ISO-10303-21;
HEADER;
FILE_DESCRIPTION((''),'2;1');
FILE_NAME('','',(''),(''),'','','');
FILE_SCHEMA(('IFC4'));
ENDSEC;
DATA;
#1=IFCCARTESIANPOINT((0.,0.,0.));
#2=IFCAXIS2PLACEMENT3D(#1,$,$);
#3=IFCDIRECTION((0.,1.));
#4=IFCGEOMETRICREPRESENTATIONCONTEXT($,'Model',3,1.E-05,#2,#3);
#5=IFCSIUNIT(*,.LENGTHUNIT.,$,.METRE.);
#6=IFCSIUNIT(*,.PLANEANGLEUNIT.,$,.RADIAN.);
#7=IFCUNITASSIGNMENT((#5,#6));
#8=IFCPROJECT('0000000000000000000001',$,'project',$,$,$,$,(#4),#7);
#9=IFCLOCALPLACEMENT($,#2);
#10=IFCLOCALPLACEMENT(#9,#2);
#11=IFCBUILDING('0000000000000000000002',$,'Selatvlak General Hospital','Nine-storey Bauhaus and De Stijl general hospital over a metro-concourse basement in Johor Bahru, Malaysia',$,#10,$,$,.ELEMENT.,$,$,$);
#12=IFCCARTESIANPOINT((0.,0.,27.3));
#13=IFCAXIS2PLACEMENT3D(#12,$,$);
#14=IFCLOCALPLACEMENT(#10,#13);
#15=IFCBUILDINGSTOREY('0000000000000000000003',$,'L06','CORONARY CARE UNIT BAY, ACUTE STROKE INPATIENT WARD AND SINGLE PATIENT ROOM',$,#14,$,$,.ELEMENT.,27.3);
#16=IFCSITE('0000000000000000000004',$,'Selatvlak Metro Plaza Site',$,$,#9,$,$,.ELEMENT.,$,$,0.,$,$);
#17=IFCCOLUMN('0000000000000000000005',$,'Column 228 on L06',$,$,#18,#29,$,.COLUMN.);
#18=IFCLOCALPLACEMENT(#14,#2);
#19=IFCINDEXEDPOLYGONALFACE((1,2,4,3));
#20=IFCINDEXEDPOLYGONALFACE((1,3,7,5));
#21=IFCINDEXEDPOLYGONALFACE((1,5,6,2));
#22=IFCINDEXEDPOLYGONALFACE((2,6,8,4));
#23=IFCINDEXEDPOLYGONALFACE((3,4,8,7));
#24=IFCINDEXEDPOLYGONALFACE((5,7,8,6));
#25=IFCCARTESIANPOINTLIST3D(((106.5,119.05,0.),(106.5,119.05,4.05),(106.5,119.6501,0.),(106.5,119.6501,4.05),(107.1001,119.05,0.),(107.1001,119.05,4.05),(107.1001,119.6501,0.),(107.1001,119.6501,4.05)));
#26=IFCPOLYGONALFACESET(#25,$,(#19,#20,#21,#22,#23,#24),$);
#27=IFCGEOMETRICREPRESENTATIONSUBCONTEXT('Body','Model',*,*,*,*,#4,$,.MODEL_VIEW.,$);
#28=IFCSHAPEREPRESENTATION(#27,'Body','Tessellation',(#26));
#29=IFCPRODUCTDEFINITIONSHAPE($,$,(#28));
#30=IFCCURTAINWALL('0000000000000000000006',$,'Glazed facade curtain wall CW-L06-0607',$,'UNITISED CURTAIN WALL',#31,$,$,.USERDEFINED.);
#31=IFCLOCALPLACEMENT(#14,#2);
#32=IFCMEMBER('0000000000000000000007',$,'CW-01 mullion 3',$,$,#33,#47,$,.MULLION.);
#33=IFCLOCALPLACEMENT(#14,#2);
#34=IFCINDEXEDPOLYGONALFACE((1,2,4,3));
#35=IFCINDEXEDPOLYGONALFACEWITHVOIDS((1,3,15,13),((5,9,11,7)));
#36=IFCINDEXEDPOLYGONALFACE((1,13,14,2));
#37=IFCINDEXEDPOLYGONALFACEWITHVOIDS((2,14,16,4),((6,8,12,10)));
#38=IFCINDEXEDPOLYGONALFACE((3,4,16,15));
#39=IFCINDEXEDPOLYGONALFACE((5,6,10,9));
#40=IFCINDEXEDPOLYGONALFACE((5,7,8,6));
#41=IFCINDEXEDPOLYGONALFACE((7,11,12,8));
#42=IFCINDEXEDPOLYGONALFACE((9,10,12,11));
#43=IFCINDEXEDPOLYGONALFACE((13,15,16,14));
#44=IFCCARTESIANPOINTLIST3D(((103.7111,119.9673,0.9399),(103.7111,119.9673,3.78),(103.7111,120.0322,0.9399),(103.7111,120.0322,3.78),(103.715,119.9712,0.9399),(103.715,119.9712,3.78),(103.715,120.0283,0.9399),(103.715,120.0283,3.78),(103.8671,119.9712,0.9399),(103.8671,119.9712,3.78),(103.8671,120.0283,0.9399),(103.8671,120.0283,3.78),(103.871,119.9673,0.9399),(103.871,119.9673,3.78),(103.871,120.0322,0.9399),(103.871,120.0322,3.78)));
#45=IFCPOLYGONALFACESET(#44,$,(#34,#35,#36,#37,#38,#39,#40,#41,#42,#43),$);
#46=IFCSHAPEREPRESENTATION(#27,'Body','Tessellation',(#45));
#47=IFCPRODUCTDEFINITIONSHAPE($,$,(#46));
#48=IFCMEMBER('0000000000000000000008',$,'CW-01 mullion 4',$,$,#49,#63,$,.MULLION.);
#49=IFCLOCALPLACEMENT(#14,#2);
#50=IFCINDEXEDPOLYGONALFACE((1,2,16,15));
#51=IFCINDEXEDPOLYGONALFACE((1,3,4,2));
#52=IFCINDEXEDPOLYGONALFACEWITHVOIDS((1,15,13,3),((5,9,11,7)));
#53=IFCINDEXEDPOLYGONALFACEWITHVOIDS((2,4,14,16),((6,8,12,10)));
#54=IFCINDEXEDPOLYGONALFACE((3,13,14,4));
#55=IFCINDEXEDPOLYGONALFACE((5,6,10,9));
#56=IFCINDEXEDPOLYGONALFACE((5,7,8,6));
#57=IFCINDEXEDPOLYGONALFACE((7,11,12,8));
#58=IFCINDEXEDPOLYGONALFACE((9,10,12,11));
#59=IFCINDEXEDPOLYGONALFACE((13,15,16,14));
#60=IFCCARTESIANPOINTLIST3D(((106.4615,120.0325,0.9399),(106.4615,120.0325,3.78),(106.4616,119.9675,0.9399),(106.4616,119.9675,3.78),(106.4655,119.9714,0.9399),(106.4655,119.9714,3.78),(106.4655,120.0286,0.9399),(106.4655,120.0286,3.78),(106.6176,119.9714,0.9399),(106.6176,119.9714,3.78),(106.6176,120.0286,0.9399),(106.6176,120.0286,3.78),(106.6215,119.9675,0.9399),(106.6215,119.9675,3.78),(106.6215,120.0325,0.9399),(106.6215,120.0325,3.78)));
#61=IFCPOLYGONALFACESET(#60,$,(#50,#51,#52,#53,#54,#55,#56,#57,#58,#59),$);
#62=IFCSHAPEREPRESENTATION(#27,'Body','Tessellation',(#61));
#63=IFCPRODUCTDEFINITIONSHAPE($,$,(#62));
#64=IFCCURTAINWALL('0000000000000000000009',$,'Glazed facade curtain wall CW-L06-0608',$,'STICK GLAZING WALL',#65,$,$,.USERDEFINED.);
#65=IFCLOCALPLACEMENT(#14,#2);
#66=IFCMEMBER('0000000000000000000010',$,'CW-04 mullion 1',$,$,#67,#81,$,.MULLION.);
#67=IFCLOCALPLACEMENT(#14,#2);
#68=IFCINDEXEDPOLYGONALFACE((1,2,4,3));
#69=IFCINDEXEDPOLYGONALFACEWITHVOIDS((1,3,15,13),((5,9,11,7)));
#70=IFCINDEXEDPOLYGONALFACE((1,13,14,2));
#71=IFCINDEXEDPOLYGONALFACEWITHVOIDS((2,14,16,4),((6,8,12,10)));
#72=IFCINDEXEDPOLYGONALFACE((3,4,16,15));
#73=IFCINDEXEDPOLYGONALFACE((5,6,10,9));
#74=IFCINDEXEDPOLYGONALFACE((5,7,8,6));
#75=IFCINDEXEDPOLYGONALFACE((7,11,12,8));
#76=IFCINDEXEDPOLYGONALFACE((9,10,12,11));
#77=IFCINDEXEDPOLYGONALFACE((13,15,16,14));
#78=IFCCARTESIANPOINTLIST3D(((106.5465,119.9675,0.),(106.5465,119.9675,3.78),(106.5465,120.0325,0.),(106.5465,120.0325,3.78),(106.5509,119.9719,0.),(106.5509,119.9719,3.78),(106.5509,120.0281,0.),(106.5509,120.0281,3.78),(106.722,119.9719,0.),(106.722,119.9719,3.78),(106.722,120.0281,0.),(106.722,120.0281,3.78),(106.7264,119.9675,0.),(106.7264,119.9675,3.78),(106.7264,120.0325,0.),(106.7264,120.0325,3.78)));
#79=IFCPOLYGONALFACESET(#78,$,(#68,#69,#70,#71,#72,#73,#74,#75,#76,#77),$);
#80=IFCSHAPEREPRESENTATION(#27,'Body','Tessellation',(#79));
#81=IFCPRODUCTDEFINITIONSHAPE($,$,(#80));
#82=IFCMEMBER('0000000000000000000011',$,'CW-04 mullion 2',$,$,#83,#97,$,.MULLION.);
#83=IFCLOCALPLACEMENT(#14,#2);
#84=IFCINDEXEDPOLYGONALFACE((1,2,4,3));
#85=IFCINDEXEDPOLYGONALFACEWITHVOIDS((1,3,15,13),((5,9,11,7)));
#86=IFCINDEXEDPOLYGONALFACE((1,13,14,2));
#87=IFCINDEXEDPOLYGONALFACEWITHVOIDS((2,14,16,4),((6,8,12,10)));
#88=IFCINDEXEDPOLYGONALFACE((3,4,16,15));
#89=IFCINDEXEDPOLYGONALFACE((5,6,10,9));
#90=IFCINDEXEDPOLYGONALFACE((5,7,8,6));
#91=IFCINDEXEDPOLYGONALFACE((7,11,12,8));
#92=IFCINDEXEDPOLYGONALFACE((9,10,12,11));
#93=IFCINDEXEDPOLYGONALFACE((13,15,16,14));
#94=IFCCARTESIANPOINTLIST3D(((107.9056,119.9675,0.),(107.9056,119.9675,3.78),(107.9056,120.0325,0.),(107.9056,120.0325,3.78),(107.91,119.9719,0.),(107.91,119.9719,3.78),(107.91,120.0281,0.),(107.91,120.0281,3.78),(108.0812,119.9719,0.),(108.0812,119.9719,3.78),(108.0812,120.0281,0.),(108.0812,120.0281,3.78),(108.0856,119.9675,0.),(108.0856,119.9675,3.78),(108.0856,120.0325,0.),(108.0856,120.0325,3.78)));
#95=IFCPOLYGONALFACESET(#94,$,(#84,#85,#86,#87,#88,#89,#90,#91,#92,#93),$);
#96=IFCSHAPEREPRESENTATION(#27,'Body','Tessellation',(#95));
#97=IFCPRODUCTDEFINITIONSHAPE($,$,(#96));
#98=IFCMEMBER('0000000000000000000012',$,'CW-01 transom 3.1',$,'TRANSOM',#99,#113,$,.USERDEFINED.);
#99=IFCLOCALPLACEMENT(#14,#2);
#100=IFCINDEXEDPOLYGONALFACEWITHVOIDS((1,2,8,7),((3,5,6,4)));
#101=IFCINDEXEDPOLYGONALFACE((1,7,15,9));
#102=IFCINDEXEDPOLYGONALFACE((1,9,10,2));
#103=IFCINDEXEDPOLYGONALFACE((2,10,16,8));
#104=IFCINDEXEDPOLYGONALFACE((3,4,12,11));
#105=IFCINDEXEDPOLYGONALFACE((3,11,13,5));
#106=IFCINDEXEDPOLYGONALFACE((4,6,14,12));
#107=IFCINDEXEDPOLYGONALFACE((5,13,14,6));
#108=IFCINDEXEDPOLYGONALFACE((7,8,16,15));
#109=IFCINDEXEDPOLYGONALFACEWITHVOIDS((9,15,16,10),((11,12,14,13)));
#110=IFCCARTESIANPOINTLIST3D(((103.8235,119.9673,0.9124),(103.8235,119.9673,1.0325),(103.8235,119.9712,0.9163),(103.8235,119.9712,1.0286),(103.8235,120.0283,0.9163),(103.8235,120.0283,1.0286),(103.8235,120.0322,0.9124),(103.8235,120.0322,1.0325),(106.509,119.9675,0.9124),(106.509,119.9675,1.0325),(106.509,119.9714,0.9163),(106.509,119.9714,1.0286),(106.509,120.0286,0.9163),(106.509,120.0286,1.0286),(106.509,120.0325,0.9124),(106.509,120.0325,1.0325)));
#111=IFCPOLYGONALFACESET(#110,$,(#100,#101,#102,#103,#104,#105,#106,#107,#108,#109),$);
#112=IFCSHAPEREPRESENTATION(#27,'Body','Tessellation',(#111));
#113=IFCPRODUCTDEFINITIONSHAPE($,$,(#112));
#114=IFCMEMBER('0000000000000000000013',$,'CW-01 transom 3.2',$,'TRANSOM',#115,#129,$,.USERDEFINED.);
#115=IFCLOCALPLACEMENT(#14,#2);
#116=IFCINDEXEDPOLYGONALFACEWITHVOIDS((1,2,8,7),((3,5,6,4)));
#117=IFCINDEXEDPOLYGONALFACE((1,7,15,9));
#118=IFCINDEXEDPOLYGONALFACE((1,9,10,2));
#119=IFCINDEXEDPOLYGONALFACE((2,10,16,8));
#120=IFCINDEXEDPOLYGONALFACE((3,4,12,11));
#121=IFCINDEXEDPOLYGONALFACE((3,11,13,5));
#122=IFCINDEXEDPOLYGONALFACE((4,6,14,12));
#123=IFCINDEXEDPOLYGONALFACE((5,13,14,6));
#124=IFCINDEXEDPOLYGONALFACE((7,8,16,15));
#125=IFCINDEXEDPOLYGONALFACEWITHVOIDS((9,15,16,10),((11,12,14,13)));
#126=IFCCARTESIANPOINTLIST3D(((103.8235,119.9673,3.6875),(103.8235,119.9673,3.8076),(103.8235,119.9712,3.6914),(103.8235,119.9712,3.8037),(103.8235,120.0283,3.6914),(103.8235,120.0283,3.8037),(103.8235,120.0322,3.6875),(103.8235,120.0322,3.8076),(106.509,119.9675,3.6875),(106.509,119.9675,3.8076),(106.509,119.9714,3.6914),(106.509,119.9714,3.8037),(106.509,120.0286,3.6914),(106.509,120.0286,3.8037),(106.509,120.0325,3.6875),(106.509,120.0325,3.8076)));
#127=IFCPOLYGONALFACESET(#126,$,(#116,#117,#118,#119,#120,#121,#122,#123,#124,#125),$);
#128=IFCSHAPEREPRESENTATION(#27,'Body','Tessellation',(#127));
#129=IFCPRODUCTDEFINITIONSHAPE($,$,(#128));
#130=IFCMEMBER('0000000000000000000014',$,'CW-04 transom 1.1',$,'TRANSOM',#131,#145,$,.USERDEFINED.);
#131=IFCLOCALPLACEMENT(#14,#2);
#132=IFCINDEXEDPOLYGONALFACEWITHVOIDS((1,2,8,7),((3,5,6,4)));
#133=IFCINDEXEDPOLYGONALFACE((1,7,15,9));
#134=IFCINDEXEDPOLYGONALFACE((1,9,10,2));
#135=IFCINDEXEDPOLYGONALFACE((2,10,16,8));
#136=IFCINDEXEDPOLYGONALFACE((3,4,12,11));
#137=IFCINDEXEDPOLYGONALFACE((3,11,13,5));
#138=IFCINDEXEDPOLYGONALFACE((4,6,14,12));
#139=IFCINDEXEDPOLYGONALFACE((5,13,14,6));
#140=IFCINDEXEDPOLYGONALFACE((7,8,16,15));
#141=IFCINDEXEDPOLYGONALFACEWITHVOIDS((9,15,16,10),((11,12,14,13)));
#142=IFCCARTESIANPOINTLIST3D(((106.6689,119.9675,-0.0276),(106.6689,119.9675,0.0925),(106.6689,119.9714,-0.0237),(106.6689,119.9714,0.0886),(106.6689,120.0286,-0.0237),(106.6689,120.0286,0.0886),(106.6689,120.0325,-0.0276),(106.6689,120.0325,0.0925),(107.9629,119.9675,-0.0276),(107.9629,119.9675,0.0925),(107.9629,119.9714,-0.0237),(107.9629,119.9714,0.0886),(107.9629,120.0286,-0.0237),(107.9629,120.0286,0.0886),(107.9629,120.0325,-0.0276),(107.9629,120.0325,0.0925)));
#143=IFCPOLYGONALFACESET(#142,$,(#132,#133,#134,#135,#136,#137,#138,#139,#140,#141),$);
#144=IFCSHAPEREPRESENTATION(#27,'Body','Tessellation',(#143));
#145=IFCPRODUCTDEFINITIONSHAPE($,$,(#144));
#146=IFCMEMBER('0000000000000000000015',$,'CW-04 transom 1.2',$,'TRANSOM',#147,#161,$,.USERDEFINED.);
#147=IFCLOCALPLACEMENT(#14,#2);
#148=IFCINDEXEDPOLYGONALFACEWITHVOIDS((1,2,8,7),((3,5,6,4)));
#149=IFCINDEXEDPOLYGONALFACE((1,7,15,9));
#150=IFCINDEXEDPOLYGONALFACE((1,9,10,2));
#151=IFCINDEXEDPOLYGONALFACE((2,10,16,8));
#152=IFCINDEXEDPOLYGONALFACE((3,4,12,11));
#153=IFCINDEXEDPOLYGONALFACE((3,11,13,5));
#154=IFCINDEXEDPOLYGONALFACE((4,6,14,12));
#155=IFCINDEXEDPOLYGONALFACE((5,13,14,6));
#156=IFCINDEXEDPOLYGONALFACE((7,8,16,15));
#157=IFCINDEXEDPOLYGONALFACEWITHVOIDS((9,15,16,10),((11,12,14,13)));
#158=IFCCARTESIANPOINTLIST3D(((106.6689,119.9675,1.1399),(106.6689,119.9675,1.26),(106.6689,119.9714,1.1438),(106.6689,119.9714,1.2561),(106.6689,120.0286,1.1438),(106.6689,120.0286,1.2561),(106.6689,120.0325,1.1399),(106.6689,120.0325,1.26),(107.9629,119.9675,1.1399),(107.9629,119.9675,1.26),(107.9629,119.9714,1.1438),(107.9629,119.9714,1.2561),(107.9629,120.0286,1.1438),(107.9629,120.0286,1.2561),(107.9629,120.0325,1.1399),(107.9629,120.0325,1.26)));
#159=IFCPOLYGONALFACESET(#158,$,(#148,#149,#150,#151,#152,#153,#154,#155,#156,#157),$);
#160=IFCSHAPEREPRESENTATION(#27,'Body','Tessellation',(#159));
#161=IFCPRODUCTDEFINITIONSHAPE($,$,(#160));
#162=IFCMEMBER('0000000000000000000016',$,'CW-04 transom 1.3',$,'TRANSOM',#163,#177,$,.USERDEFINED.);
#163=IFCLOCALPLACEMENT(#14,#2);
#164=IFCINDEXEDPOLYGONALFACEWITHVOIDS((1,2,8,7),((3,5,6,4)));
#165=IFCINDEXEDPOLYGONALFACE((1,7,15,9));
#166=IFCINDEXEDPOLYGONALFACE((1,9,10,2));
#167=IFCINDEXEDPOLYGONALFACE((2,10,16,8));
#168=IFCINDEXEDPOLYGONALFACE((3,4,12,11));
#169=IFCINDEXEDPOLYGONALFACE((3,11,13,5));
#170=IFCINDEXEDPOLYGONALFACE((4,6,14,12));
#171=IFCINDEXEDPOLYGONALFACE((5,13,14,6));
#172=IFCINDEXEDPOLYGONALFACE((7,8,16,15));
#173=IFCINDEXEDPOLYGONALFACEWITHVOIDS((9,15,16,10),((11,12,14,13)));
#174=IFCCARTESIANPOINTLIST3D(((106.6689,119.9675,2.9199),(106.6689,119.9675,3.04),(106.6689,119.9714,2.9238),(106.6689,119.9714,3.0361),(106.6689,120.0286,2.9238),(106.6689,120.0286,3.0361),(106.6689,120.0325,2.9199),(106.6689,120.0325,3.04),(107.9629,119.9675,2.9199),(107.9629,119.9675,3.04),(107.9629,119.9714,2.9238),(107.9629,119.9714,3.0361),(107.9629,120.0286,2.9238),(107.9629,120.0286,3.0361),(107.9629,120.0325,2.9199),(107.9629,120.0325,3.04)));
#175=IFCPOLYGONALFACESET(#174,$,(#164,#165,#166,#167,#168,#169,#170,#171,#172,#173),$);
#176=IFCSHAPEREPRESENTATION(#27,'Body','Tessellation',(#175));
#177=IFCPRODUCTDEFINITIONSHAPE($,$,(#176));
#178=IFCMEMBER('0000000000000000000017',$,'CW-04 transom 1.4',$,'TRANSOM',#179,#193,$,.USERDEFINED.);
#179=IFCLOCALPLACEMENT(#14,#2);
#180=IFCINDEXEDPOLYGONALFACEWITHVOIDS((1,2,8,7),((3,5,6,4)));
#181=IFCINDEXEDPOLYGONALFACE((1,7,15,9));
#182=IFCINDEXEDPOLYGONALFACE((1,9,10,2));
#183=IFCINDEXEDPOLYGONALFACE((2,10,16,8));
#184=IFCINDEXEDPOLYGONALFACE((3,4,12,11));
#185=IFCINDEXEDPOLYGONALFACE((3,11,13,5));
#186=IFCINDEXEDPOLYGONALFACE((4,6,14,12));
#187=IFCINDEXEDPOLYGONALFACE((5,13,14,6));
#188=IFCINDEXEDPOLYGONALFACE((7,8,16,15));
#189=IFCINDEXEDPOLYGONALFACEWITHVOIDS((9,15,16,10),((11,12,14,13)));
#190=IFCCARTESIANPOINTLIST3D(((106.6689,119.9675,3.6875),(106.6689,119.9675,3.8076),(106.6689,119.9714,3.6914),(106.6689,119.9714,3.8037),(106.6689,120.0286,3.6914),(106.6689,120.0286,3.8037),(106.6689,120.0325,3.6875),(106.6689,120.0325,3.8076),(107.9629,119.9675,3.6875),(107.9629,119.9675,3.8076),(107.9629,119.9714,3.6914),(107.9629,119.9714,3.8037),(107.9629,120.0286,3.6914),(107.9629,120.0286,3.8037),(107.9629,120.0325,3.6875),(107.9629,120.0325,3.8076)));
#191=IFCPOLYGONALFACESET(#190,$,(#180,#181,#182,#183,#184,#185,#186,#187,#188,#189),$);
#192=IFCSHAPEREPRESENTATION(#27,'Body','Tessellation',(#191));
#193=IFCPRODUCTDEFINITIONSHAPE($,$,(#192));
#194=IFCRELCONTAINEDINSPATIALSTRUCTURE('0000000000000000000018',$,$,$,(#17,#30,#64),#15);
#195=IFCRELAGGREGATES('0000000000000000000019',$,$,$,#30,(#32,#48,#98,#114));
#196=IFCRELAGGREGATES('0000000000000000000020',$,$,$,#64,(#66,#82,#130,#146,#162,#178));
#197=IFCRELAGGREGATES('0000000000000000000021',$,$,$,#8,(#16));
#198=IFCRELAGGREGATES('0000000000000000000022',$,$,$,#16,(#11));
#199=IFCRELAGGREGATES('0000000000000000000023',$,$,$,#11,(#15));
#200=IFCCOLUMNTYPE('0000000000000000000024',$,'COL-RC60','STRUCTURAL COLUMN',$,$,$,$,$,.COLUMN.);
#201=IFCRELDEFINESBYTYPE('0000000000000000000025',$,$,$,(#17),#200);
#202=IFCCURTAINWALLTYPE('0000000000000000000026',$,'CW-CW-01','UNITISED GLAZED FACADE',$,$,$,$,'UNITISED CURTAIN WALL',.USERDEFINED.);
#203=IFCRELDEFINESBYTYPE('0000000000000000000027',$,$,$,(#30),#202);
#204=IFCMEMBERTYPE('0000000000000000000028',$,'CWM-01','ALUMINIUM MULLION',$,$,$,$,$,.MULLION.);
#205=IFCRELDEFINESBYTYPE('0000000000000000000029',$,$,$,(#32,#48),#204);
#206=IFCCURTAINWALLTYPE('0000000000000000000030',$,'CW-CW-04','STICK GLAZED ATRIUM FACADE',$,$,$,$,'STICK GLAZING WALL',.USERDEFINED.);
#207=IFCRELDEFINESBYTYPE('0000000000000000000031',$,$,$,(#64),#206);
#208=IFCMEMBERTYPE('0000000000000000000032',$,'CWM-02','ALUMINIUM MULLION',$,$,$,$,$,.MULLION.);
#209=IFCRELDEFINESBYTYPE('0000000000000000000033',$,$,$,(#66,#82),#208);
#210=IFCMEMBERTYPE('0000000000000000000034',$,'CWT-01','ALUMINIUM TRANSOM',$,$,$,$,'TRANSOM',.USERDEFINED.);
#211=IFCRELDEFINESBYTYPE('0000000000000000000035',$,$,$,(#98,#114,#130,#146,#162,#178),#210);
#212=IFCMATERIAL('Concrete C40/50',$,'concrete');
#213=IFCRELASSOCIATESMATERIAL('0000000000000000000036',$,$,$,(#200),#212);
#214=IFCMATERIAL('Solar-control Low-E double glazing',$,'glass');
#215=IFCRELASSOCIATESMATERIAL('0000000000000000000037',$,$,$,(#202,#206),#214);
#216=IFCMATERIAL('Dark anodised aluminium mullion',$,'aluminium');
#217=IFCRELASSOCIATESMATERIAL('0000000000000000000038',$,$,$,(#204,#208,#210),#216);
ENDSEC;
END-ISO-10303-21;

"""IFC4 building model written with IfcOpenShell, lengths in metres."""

from ifc_helpers import new_model, si_unit, direction, frame, origin, origin_2d, place, context, subcontext, project, spatial, rectangle, hollow_rectangle, extrude, material, material_profile, profile_set, type_object, element, aggregate, save


model = new_model("IFC4")

# Units and contexts
model_context = context("Model", 3, precision=1e-05, world=origin(), true_north=direction((0.0, 1.0)))
body_context = subcontext(model_context, "Body", "Model", "MODEL_VIEW")
ifc_project = project(units=[si_unit("LENGTHUNIT", "METRE"), si_unit("PLANEANGLEUNIT", "RADIAN")], contexts=[model_context])

# Site, building, storey
site_placement = place(None, origin())
site = spatial("IfcSite", under=ifc_project, at=site_placement, Name="Selatvlak Metro Plaza Site", CompositionType="ELEMENT", RefElevation=0.0)
building_placement = place(site_placement, origin())
building = spatial("IfcBuilding", under=site, at=building_placement, Name="Selatvlak General Hospital", Description="Nine-storey Bauhaus and De Stijl general hospital over a metro-concourse basement in Johor Bahru, Malaysia", CompositionType="ELEMENT")
storey_placement = place(building_placement, frame((0.0, 0.0, 27.3)))
storey = spatial("IfcBuildingStorey", under=building, at=storey_placement, Name="L06", Description="CORONARY CARE UNIT BAY, ACUTE STROKE INPATIENT WARD AND SINGLE PATIENT ROOM", CompositionType="ELEMENT", Elevation=27.3)

# Column
ifc_material_1 = material(Name="Concrete C40/50", Category="concrete")
ifc_material_profile_1 = material_profile(ifc_material_1, rectangle(XDim=0.6001, YDim=0.6001, at=origin_2d()), Name="RC-COL 600x600")
ifc_profile_set_1 = profile_set([ifc_material_profile_1], Name="Concrete C40/50")
column_type = type_object("IfcColumnType", Name="COL-RC60", Description="STRUCTURAL COLUMN", PredefinedType="COLUMN", material=ifc_profile_set_1)
column_placement = place(storey_placement, frame((106.8, 119.3501, 0.0), z_axis=(0.0, 0.0, 1.0), x_axis=(1.0, 0.0, 0.0)))
element("IfcColumn", 1, at=column_placement, inside=storey, type_object=column_type, Name="Column 228 on L06", PredefinedType="COLUMN", context=body_context, shape_type="SweptSolid", body=[
    extrude(rectangle(XDim=0.6001, YDim=0.6001, at=origin_2d()), origin(), (0.0, 0.0, 1.0), 4.05),
])

# Curtain walls, members
ifc_material_2 = material(Name="Solar-control Low-E double glazing", Category="glass")
curtain_wall_type_1 = type_object("IfcCurtainWallType", Name="CW-CW-01", Description="UNITISED GLAZED FACADE", ElementType="UNITISED CURTAIN WALL", PredefinedType="USERDEFINED", material=ifc_material_2)
curtain_wall_1_placement = place(storey_placement, origin())
curtain_wall_1 = element("IfcCurtainWall", 2, at=curtain_wall_1_placement, inside=storey, type_object=curtain_wall_type_1, Name="Glazed facade curtain wall CW-L06-0607", ObjectType="UNITISED CURTAIN WALL", PredefinedType="USERDEFINED")
ifc_material_3 = material(Name="Dark anodised aluminium mullion", Category="aluminium")
ifc_material_profile_2 = material_profile(ifc_material_3, hollow_rectangle(XDim=0.0649, YDim=0.1599, WallThickness=0.0039, at=origin_2d()), Name="AL-MUL 65x160x4")
ifc_profile_set_2 = profile_set([ifc_material_profile_2], Name="Dark anodised aluminium mullion")
member_type_1 = type_object("IfcMemberType", Name="CWM-01", Description="ALUMINIUM MULLION", PredefinedType="MULLION", material=ifc_profile_set_2)
member_1_placement = place(storey_placement, frame((103.791, 119.9998, 0.9399), z_axis=(0.0, 0.0, 1.0), x_axis=(-0.00012, 1.0, 0.0)))
member_1 = element("IfcMember", 3, at=member_1_placement, type_object=member_type_1, Name="CW-01 mullion 3", PredefinedType="MULLION", context=body_context, shape_type="SweptSolid", body=[
    extrude(hollow_rectangle(XDim=0.0649, YDim=0.1599, WallThickness=0.0039, at=origin_2d()), origin(), (0.0, 0.0, 1.0), 2.8401),
])
member_2_placement = place(storey_placement, frame((106.5415, 120.0, 0.9399), z_axis=(0.0, 0.0, 1.0), x_axis=(-0.00012, 1.0, 0.0)))
member_2 = element("IfcMember", 4, at=member_2_placement, type_object=member_type_1, Name="CW-01 mullion 4", PredefinedType="MULLION", context=body_context, shape_type="SweptSolid", body=[
    extrude(hollow_rectangle(XDim=0.0649, YDim=0.1599, WallThickness=0.0039, at=origin_2d()), origin(), (0.0, 0.0, 1.0), 2.8401),
])
curtain_wall_type_2 = type_object("IfcCurtainWallType", Name="CW-CW-04", Description="STICK GLAZED ATRIUM FACADE", ElementType="STICK GLAZING WALL", PredefinedType="USERDEFINED", material=ifc_material_2)
curtain_wall_2_placement = place(storey_placement, origin())
curtain_wall_2 = element("IfcCurtainWall", 5, at=curtain_wall_2_placement, inside=storey, type_object=curtain_wall_type_2, Name="Glazed facade curtain wall CW-L06-0608", ObjectType="STICK GLAZING WALL", PredefinedType="USERDEFINED")
ifc_material_profile_3 = material_profile(ifc_material_3, hollow_rectangle(XDim=0.0649, YDim=0.1799, WallThickness=0.0044, at=origin_2d()), Name="AL-MUL 65x180x4.5")
ifc_profile_set_3 = profile_set([ifc_material_profile_3], Name="Dark anodised aluminium mullion")
member_type_2 = type_object("IfcMemberType", Name="CWM-02", Description="ALUMINIUM MULLION", PredefinedType="MULLION", material=ifc_profile_set_3)
member_3_placement = place(storey_placement, frame((106.6365, 120.0, 0.0), z_axis=(0.0, 0.0, 1.0), x_axis=(0.0, 1.0, 0.0)))
member_3 = element("IfcMember", 6, at=member_3_placement, type_object=member_type_2, Name="CW-04 mullion 1", PredefinedType="MULLION", context=body_context, shape_type="SweptSolid", body=[
    extrude(hollow_rectangle(XDim=0.0649, YDim=0.1799, WallThickness=0.0044, at=origin_2d()), origin(), (0.0, 0.0, 1.0), 3.78),
])
member_4_placement = place(storey_placement, frame((107.9956, 120.0, 0.0), z_axis=(0.0, 0.0, 1.0), x_axis=(0.0, 1.0, 0.0)))
member_4 = element("IfcMember", 7, at=member_4_placement, type_object=member_type_2, Name="CW-04 mullion 2", PredefinedType="MULLION", context=body_context, shape_type="SweptSolid", body=[
    extrude(hollow_rectangle(XDim=0.0649, YDim=0.1799, WallThickness=0.0044, at=origin_2d()), origin(), (0.0, 0.0, 1.0), 3.78),
])

# Members
ifc_material_profile_4 = material_profile(ifc_material_3, hollow_rectangle(XDim=0.0649, YDim=0.1201, WallThickness=0.0039, at=origin_2d()), Name="AL-TRN 65x120x4")
ifc_profile_set_4 = profile_set([ifc_material_profile_4], Name="Dark anodised aluminium mullion")
member_type_3 = type_object("IfcMemberType", Name="CWT-01", Description="ALUMINIUM TRANSOM", ElementType="TRANSOM", PredefinedType="USERDEFINED", material=ifc_profile_set_4)
member_5_placement = place(storey_placement, frame((103.8235, 119.9998, 0.9724), z_axis=(1.0, 0.000091, 0.0), x_axis=(-0.000091, 1.0, 0.0)))
member_5 = element("IfcMember", 8, at=member_5_placement, type_object=member_type_3, Name="CW-01 transom 3.1", ObjectType="TRANSOM", PredefinedType="USERDEFINED", context=body_context, shape_type="SweptSolid", body=[
    extrude(hollow_rectangle(XDim=0.0649, YDim=0.1201, WallThickness=0.0039, at=origin_2d()), origin(), (0.0, 0.0, 1.0), 2.6855),
])
member_6_placement = place(storey_placement, frame((103.8235, 119.9998, 3.7476), z_axis=(1.0, 0.000091, 0.0), x_axis=(-0.000091, 1.0, 0.0)))
member_6 = element("IfcMember", 9, at=member_6_placement, type_object=member_type_3, Name="CW-01 transom 3.2", ObjectType="TRANSOM", PredefinedType="USERDEFINED", context=body_context, shape_type="SweptSolid", body=[
    extrude(hollow_rectangle(XDim=0.0649, YDim=0.1201, WallThickness=0.0039, at=origin_2d()), origin(), (0.0, 0.0, 1.0), 2.6855),
])
member_7_placement = place(storey_placement, frame((106.6689, 120.0, 0.0325), z_axis=(1.0, 0.0, 0.0), x_axis=(0.0, 1.0, 0.0)))
member_7 = element("IfcMember", 10, at=member_7_placement, type_object=member_type_3, Name="CW-04 transom 1.1", ObjectType="TRANSOM", PredefinedType="USERDEFINED", context=body_context, shape_type="SweptSolid", body=[
    extrude(hollow_rectangle(XDim=0.0649, YDim=0.1201, WallThickness=0.0039, at=origin_2d()), origin(), (0.0, 0.0, 1.0), 1.2939),
])
member_8_placement = place(storey_placement, frame((106.6689, 120.0, 1.2), z_axis=(1.0, 0.0, 0.0), x_axis=(0.0, 1.0, 0.0)))
member_8 = element("IfcMember", 11, at=member_8_placement, type_object=member_type_3, Name="CW-04 transom 1.2", ObjectType="TRANSOM", PredefinedType="USERDEFINED", context=body_context, shape_type="SweptSolid", body=[
    extrude(hollow_rectangle(XDim=0.0649, YDim=0.1201, WallThickness=0.0039, at=origin_2d()), origin(), (0.0, 0.0, 1.0), 1.2939),
])
member_9_placement = place(storey_placement, frame((106.6689, 120.0, 2.98), z_axis=(1.0, 0.0, 0.0), x_axis=(0.0, 1.0, 0.0)))
member_9 = element("IfcMember", 12, at=member_9_placement, type_object=member_type_3, Name="CW-04 transom 1.3", ObjectType="TRANSOM", PredefinedType="USERDEFINED", context=body_context, shape_type="SweptSolid", body=[
    extrude(hollow_rectangle(XDim=0.0649, YDim=0.1201, WallThickness=0.0039, at=origin_2d()), origin(), (0.0, 0.0, 1.0), 1.2939),
])
member_10_placement = place(storey_placement, frame((106.6689, 120.0, 3.7476), z_axis=(1.0, 0.0, 0.0), x_axis=(0.0, 1.0, 0.0)))
member_10 = element("IfcMember", 13, at=member_10_placement, type_object=member_type_3, Name="CW-04 transom 1.4", ObjectType="TRANSOM", PredefinedType="USERDEFINED", context=body_context, shape_type="SweptSolid", body=[
    extrude(hollow_rectangle(XDim=0.0649, YDim=0.1201, WallThickness=0.0039, at=origin_2d()), origin(), (0.0, 0.0, 1.0), 1.2939),
])

aggregate(curtain_wall_1, [member_1, member_2, member_5, member_6])
aggregate(curtain_wall_2, [member_3, member_4, member_7, member_8, member_9, member_10])

save(model, "model.ifc")
